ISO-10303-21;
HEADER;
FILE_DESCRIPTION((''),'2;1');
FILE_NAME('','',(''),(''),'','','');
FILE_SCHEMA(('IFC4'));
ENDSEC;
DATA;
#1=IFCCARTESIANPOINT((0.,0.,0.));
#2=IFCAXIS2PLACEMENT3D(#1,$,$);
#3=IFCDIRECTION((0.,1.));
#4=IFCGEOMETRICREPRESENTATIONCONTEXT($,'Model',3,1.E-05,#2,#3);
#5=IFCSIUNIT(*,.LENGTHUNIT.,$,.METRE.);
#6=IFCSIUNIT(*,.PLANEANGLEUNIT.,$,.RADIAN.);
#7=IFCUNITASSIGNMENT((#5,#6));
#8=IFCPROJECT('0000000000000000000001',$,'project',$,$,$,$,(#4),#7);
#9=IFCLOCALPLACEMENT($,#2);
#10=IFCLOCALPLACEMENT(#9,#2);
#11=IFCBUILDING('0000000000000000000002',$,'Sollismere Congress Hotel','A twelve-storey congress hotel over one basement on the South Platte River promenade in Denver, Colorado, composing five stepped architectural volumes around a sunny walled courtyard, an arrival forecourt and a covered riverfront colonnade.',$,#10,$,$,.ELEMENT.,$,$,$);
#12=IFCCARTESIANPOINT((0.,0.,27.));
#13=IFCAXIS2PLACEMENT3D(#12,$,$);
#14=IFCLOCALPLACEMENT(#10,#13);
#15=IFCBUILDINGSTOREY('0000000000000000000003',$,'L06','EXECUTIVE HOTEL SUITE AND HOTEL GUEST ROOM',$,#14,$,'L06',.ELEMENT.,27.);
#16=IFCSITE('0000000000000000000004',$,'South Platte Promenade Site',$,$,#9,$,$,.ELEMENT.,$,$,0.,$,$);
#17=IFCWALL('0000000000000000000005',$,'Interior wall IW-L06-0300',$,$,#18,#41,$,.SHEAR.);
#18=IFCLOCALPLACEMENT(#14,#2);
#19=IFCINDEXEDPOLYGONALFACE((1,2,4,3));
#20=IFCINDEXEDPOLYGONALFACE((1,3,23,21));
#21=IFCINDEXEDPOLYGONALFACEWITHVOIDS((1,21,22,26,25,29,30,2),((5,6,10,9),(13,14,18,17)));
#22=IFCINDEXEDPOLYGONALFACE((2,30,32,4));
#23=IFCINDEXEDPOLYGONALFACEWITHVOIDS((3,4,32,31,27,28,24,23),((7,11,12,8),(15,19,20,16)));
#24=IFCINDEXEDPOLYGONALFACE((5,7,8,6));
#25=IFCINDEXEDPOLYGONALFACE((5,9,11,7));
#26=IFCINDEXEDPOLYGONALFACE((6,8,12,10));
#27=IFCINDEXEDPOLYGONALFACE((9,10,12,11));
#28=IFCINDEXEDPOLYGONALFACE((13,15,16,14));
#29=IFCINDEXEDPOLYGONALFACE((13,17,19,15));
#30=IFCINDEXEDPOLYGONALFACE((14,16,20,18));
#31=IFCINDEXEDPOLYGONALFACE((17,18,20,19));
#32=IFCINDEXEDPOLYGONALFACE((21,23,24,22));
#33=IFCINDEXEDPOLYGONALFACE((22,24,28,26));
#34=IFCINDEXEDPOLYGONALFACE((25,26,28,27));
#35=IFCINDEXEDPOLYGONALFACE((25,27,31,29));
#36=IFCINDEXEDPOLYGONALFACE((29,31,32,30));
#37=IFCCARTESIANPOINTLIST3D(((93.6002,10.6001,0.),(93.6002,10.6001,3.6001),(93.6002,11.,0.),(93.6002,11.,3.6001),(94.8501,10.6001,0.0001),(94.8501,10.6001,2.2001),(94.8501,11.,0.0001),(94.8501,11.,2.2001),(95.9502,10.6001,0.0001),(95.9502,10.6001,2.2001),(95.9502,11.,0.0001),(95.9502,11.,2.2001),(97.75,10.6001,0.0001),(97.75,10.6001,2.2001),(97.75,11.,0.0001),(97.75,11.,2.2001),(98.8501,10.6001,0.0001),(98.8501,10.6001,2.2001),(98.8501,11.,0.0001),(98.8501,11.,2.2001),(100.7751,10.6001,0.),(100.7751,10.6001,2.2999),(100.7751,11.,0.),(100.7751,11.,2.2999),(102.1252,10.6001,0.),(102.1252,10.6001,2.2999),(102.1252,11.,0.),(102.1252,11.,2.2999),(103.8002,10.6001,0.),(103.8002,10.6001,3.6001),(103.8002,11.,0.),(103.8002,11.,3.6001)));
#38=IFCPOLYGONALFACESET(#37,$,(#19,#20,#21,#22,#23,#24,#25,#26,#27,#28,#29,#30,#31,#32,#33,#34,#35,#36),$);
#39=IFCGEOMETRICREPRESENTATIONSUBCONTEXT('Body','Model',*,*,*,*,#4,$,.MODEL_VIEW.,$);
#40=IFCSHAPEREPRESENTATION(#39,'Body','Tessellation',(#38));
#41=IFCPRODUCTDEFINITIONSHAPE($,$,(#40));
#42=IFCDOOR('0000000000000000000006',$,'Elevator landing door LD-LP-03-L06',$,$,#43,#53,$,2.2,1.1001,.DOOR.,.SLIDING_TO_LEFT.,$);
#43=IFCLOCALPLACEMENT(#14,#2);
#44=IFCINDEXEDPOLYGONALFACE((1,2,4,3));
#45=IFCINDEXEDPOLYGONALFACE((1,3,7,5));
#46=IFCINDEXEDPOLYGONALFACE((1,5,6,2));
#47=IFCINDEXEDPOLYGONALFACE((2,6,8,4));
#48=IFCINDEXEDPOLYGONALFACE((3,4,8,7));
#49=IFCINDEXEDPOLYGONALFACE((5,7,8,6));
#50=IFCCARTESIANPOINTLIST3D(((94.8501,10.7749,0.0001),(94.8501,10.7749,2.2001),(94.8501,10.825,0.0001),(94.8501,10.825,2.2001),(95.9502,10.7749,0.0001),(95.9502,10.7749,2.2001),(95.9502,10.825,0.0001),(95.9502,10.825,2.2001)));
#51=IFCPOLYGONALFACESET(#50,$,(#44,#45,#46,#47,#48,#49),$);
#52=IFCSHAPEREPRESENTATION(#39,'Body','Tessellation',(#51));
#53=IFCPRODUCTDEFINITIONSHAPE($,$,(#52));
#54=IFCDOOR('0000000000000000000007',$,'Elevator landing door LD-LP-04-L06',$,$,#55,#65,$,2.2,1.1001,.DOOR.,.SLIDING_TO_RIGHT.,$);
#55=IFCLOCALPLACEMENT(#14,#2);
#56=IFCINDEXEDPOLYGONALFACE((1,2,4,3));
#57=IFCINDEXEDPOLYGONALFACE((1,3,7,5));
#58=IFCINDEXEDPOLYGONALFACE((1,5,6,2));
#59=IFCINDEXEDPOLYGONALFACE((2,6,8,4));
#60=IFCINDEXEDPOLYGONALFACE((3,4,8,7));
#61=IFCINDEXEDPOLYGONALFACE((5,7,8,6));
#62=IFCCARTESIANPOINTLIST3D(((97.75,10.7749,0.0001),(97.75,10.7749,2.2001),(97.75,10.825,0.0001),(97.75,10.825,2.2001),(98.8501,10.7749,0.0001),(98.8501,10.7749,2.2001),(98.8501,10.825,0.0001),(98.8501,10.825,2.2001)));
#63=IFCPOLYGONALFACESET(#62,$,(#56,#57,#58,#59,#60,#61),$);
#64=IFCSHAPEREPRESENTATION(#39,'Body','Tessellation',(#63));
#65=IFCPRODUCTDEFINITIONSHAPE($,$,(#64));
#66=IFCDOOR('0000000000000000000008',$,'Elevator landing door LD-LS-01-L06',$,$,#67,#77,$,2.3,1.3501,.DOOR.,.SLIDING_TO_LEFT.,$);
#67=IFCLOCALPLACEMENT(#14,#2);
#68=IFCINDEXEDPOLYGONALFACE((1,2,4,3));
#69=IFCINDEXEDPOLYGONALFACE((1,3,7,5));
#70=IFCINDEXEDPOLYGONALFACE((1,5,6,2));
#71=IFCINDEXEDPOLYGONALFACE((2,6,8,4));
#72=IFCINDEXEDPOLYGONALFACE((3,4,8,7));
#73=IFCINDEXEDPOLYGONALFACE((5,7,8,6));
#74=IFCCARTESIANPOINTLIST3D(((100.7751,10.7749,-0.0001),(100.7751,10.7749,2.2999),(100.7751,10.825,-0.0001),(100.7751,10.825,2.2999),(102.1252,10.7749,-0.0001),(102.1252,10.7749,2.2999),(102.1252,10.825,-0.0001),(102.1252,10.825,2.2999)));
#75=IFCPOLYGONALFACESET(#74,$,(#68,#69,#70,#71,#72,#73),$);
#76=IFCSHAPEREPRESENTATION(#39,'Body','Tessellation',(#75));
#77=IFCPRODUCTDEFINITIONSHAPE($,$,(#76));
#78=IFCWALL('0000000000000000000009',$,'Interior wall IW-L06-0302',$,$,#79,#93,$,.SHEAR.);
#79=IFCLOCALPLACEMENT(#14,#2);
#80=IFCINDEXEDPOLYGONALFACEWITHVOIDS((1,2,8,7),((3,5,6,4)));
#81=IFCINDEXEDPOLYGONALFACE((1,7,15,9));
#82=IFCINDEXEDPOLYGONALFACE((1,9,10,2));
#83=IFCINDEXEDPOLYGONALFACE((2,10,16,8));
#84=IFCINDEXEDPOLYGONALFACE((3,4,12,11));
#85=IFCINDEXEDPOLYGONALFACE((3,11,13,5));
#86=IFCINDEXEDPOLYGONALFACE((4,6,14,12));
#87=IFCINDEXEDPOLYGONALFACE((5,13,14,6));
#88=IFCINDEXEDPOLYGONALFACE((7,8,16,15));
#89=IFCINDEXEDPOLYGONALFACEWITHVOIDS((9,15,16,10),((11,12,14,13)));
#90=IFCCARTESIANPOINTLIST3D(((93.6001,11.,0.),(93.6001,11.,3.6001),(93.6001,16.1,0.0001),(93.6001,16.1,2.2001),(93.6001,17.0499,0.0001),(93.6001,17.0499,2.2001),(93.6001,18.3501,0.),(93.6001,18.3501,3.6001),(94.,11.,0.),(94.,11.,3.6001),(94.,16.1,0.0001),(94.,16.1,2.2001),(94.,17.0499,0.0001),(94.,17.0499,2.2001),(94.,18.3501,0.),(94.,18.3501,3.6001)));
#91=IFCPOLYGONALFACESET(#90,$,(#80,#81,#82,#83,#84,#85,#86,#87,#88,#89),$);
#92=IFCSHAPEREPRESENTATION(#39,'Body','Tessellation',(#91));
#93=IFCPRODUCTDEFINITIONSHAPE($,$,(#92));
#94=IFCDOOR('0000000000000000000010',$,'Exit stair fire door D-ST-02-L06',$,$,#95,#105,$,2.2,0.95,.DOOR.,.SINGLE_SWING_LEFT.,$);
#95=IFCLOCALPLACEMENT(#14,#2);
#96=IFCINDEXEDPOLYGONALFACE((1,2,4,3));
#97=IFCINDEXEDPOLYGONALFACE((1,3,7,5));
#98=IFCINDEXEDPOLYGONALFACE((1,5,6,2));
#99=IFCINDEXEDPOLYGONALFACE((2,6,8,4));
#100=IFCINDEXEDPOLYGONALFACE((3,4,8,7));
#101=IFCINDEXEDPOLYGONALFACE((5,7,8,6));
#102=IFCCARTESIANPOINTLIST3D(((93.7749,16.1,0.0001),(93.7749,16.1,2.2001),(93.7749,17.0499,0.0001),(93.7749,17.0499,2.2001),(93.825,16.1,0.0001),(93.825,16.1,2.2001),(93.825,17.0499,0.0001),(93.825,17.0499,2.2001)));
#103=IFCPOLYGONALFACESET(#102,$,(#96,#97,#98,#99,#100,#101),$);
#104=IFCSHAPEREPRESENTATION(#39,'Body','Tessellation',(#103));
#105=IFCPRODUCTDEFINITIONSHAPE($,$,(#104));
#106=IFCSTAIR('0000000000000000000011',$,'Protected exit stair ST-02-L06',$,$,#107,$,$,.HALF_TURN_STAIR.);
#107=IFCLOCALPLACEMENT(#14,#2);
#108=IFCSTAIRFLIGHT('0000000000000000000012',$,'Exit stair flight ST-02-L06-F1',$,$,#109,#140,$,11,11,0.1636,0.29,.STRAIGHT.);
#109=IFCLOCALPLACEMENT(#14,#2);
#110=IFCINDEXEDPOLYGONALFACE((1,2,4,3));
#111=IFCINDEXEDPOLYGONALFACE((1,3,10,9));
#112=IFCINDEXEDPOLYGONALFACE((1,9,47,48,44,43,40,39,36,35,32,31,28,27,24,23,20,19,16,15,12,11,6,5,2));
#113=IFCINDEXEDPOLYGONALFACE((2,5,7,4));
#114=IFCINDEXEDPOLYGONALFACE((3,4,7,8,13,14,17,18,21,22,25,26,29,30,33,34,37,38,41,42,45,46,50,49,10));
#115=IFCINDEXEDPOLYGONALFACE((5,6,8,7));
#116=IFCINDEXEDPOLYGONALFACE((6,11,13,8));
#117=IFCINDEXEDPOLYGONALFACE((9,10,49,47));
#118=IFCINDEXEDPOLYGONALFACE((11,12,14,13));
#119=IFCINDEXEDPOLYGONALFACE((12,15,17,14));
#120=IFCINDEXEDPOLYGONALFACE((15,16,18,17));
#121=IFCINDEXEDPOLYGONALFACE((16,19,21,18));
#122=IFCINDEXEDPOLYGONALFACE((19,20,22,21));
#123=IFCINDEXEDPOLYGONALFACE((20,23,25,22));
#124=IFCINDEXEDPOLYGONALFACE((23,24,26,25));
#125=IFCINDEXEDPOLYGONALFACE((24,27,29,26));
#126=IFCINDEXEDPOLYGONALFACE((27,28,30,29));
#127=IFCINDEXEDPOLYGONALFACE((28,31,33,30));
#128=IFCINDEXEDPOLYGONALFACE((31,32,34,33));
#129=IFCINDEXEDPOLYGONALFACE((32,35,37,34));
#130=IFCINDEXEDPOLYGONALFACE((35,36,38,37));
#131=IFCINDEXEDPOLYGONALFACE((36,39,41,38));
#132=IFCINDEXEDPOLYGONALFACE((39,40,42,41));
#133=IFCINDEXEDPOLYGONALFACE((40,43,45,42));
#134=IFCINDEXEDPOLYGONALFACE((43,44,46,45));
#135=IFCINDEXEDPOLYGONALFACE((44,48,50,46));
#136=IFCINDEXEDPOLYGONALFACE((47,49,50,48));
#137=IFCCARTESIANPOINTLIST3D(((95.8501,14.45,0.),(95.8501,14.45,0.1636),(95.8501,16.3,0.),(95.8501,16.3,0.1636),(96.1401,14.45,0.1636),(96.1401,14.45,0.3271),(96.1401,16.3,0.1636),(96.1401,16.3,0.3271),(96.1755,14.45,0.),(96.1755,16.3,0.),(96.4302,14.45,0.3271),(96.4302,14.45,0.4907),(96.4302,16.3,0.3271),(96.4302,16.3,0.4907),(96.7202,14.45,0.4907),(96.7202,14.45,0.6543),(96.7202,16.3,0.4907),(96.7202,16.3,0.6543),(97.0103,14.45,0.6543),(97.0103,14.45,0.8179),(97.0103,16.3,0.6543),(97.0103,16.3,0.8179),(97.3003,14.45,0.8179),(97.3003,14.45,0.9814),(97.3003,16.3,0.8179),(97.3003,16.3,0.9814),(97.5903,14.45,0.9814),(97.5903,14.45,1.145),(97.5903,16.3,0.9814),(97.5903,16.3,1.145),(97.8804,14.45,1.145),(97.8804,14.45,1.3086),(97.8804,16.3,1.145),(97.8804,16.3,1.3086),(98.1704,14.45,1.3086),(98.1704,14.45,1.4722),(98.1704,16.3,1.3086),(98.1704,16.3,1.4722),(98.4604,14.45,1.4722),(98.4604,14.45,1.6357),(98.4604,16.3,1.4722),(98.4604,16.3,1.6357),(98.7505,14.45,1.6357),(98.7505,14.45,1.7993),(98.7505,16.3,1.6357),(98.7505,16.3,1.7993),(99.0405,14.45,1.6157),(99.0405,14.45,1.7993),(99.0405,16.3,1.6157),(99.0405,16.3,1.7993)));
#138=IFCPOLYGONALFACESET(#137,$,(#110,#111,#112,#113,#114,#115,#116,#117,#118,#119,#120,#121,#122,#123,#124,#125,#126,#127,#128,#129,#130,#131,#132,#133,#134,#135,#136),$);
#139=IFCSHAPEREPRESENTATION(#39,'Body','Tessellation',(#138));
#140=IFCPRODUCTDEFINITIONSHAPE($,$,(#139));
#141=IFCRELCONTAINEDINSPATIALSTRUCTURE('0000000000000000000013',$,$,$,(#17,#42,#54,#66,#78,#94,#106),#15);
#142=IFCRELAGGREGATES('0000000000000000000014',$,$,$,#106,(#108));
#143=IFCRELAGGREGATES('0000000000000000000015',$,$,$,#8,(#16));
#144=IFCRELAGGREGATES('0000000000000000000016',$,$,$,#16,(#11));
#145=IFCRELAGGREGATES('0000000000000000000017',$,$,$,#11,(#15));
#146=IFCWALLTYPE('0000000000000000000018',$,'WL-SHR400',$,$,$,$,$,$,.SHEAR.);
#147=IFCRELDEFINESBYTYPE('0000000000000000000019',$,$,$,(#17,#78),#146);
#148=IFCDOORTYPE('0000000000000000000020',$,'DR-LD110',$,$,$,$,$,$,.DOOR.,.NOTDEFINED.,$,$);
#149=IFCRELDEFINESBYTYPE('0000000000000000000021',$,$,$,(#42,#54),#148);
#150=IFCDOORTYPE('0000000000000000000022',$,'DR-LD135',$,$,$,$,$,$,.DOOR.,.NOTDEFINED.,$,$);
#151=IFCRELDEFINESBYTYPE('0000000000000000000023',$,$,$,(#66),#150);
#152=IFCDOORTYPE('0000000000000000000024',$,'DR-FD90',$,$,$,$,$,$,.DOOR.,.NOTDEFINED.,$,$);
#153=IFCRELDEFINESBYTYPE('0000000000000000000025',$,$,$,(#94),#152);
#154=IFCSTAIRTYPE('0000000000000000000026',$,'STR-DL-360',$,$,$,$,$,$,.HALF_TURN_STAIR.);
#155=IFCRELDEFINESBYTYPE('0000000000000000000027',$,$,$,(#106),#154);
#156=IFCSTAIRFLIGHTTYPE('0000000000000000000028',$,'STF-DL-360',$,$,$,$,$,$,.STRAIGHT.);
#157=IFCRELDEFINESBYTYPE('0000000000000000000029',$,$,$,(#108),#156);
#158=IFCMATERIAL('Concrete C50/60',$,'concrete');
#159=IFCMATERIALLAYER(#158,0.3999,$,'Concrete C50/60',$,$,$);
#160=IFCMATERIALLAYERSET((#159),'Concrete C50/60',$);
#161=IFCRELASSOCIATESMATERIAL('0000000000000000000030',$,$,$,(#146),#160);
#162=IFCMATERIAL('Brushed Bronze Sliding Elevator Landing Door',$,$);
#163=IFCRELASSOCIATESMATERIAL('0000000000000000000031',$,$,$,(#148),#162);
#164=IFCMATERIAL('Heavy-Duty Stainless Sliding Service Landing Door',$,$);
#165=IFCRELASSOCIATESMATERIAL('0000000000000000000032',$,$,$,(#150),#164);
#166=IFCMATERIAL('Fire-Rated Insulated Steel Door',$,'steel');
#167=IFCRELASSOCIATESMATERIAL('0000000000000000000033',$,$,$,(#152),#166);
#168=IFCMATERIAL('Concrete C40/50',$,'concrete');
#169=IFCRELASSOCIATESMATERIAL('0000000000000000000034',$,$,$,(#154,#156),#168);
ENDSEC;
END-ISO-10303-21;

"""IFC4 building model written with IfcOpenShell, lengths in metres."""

from ifc_helpers import new_model, si_unit, direction, frame, frame_2d, origin, place, context, subcontext, project, spatial, polyline, rectangle, outline, extrude, material, layer, layer_set, type_object, element, fill, aggregate, save


model = new_model("IFC4")

# Units and contexts
model_context = context("Model", 3, precision=1e-05, world=origin(), true_north=direction((0.0, 1.0)))
body_context = subcontext(model_context, "Body", "Model", "MODEL_VIEW")
ifc_project = project(units=[si_unit("LENGTHUNIT", "METRE"), si_unit("PLANEANGLEUNIT", "RADIAN")], contexts=[model_context])

# Site, building, storey
site_placement = place(None, origin())
site = spatial("IfcSite", under=ifc_project, at=site_placement, Name="South Platte Promenade Site", CompositionType="ELEMENT", RefElevation=0.0)
building_placement = place(site_placement, origin())
building = spatial("IfcBuilding", under=site, at=building_placement, Name="Sollismere Congress Hotel", Description="A twelve-storey congress hotel over one basement on the South Platte River promenade in Denver, Colorado, composing five stepped architectural volumes around a sunny walled courtyard, an arrival forecourt and a covered riverfront colonnade.", CompositionType="ELEMENT")
storey_placement = place(building_placement, frame((0.0, 0.0, 27.0)))
storey = spatial("IfcBuildingStorey", under=building, at=storey_placement, Name="L06", Description="EXECUTIVE HOTEL SUITE AND HOTEL GUEST ROOM", LongName="L06", CompositionType="ELEMENT", Elevation=27.0)

# Shared definitions
ifc_material_1 = material(Name="Concrete C50/60", Category="concrete")

# Wall, openings, doors
ifc_layer_1 = layer(ifc_material_1, 0.3999, Name="Concrete C50/60")
ifc_layer_set_1 = layer_set([ifc_layer_1], Name="Concrete C50/60")
wall_type_1 = type_object("IfcWallType", Name="WL-SHR400", PredefinedType="SHEAR", material=ifc_layer_set_1)
wall_1_placement = place(storey_placement, frame((93.6001, 10.8, 0.0), z_axis=(0.0, 0.0, 1.0), x_axis=(1.0, 0.0, 0.0)))
wall_1 = element("IfcWall", 1, at=wall_1_placement, inside=storey, type_object=wall_type_1, Name="Interior wall IW-L06-0300", PredefinedType="SHEAR", context=body_context, shape_type="SweptSolid", body=[
    extrude(rectangle(XDim=10.2, YDim=0.3999, at=frame_2d((5.1001, 0.0))), origin(), (0.0, 0.0, 1.0), 3.6001),
])
opening_1_placement = place(wall_1_placement, frame((1.25, 0.0, 0.0)))
opening_1 = element("IfcOpeningElement", 2, at=opening_1_placement, cuts=wall_1, PredefinedType="OPENING", context=body_context, shape_type="SweptSolid", body=[
    extrude(rectangle(XDim=1.1001, YDim=2.2, at=frame_2d((0.55, 1.1001))), frame((0.0, 0.21, 0.0), z_axis=(0.0, -1.0, 0.0), x_axis=(1.0, 0.0, 0.0)), (0.0, 0.0, 1.0), 0.4199),
])
opening_2_placement = place(wall_1_placement, frame((4.1499, 0.0, 0.0)))
opening_2 = element("IfcOpeningElement", 3, at=opening_2_placement, cuts=wall_1, PredefinedType="OPENING", context=body_context, shape_type="SweptSolid", body=[
    extrude(rectangle(XDim=1.1001, YDim=2.2, at=frame_2d((0.55, 1.1001))), frame((0.0, 0.21, 0.0), z_axis=(0.0, -1.0, 0.0), x_axis=(1.0, 0.0, 0.0)), (0.0, 0.0, 1.0), 0.4199),
])
opening_3_placement = place(wall_1_placement, frame((7.175, 0.0, 0.0)))
opening_3 = element("IfcOpeningElement", 4, at=opening_3_placement, cuts=wall_1, PredefinedType="OPENING", context=body_context, shape_type="SweptSolid", body=[
    extrude(rectangle(XDim=1.3501, YDim=2.3, at=frame_2d((0.675, 1.1499))), frame((0.0, 0.21, 0.0), z_axis=(0.0, -1.0, 0.0), x_axis=(1.0, 0.0, 0.0)), (0.0, 0.0, 1.0), 0.4199),
])
ifc_material_2 = material(Name="Brushed Bronze Sliding Elevator Landing Door")
door_type_1 = type_object("IfcDoorType", Name="DR-LD110", OperationType="NOTDEFINED", PredefinedType="DOOR", material=ifc_material_2)
door_1_placement = place(opening_1_placement, origin())
door_1 = element("IfcDoor", 5, at=door_1_placement, inside=storey, type_object=door_type_1, Name="Elevator landing door LD-LP-03-L06", OperationType="SLIDING_TO_LEFT", OverallHeight=2.2, OverallWidth=1.1001, PredefinedType="DOOR", context=body_context, shape_type="SweptSolid", body=[
    extrude(rectangle(XDim=1.1001, YDim=2.2, at=frame_2d((0.55, 1.1001))), frame((0.0, 0.0249, 0.0), z_axis=(0.0, -1.0, 0.0), x_axis=(1.0, 0.0, 0.0)), (0.0, 0.0, 1.0), 0.05),
])
fill(opening_1, door_1)
door_2_placement = place(opening_2_placement, origin())
door_2 = element("IfcDoor", 6, at=door_2_placement, inside=storey, type_object=door_type_1, Name="Elevator landing door LD-LP-04-L06", OperationType="SLIDING_TO_RIGHT", OverallHeight=2.2, OverallWidth=1.1001, PredefinedType="DOOR", context=body_context, shape_type="SweptSolid", body=[
    extrude(rectangle(XDim=1.1001, YDim=2.2, at=frame_2d((0.55, 1.1001))), frame((0.0, 0.0249, 0.0), z_axis=(0.0, -1.0, 0.0), x_axis=(1.0, 0.0, 0.0)), (0.0, 0.0, 1.0), 0.05),
])
fill(opening_2, door_2)
ifc_material_3 = material(Name="Heavy-Duty Stainless Sliding Service Landing Door")
door_type_2 = type_object("IfcDoorType", Name="DR-LD135", OperationType="NOTDEFINED", PredefinedType="DOOR", material=ifc_material_3)
door_3_placement = place(opening_3_placement, origin())
door_3 = element("IfcDoor", 7, at=door_3_placement, inside=storey, type_object=door_type_2, Name="Elevator landing door LD-LS-01-L06", OperationType="SLIDING_TO_LEFT", OverallHeight=2.3, OverallWidth=1.3501, PredefinedType="DOOR", context=body_context, shape_type="SweptSolid", body=[
    extrude(rectangle(XDim=1.3501, YDim=2.3, at=frame_2d((0.675, 1.1499))), frame((0.0, 0.0249, 0.0), z_axis=(0.0, -1.0, 0.0), x_axis=(1.0, 0.0, 0.0)), (0.0, 0.0, 1.0), 0.05),
])
fill(opening_3, door_3)

# Wall, opening, door
wall_2_placement = place(storey_placement, frame((93.8, 18.3501, 0.0), z_axis=(0.0, 0.0, 1.0), x_axis=(0.0, -1.0, 0.0)))
wall_2 = element("IfcWall", 8, at=wall_2_placement, inside=storey, type_object=wall_type_1, Name="Interior wall IW-L06-0302", PredefinedType="SHEAR", context=body_context, shape_type="SweptSolid", body=[
    extrude(rectangle(XDim=7.3501, YDim=0.3999, at=frame_2d((3.675, 0.0))), origin(), (0.0, 0.0, 1.0), 3.6001),
])
opening_4_placement = place(wall_2_placement, frame((1.3, 0.0, 0.0)))
opening_4 = element("IfcOpeningElement", 9, at=opening_4_placement, cuts=wall_2, PredefinedType="OPENING", context=body_context, shape_type="SweptSolid", body=[
    extrude(rectangle(XDim=0.95, YDim=2.2, at=frame_2d((0.4751, 1.1001))), frame((0.0, 0.21, 0.0), z_axis=(0.0, -1.0, 0.0), x_axis=(1.0, 0.0, 0.0)), (0.0, 0.0, 1.0), 0.4199),
])
ifc_material_4 = material(Name="Fire-Rated Insulated Steel Door", Category="steel")
door_type_3 = type_object("IfcDoorType", Name="DR-FD90", OperationType="NOTDEFINED", PredefinedType="DOOR", material=ifc_material_4)
door_4_placement = place(opening_4_placement, origin())
door_4 = element("IfcDoor", 10, at=door_4_placement, inside=storey, type_object=door_type_3, Name="Exit stair fire door D-ST-02-L06", OperationType="SINGLE_SWING_LEFT", OverallHeight=2.2, OverallWidth=0.95, PredefinedType="DOOR", context=body_context, shape_type="SweptSolid", body=[
    extrude(rectangle(XDim=0.95, YDim=2.2, at=frame_2d((0.4751, 1.1001))), frame((0.0, 0.0249, 0.0), z_axis=(0.0, -1.0, 0.0), x_axis=(1.0, 0.0, 0.0)), (0.0, 0.0, 1.0), 0.05),
])
fill(opening_4, door_4)

# Stair, stair flight
ifc_material_5 = material(Name="Concrete C40/50", Category="concrete")
stair_type = type_object("IfcStairType", Name="STR-DL-360", PredefinedType="HALF_TURN_STAIR", material=ifc_material_5)
stair_placement = place(storey_placement, origin())
stair = element("IfcStair", 11, at=stair_placement, inside=storey, type_object=stair_type, Name="Protected exit stair ST-02-L06", PredefinedType="HALF_TURN_STAIR")
stair_flight_type = type_object("IfcStairFlightType", Name="STF-DL-360", PredefinedType="STRAIGHT", material=ifc_material_5)
stair_flight_1_placement = place(storey_placement, frame((95.8501, 15.375, 0.0), z_axis=(0.0, 0.0, 1.0), x_axis=(1.0, 0.0, 0.0)))
stair_flight_1 = element("IfcStairFlight", 12, at=stair_flight_1_placement, type_object=stair_flight_type, Name="Exit stair flight ST-02-L06-F1", NumberOfRisers=11, NumberOfTreads=11, PredefinedType="STRAIGHT", RiserHeight=0.1636, TreadLength=0.29, context=body_context, shape_type="SweptSolid", body=[
    extrude(outline(polyline([(0.0, 0.0), (0.0, 0.1636), (0.29, 0.1636), (0.29, 0.3271), (0.5801, 0.3271), (0.5801, 0.4907), (0.8701, 0.4907), (0.8701, 0.6543), (1.1602, 0.6543), (1.1602, 0.8179), (1.4502, 0.8179), (1.4502, 0.9814), (1.7402, 0.9814), (1.7402, 1.145), (2.0303, 1.145), (2.0303, 1.3086), (2.3203, 1.3086), (2.3203, 1.4722), (2.6104, 1.4722), (2.6104, 1.6357), (2.9004, 1.6357), (2.9004, 1.7993), (3.1904, 1.7993), (3.1904, 1.6157), (0.3254, 0.0), (0.0, 0.0)])), frame((0.0, 0.925, 0.0), z_axis=(0.0, -1.0, 0.0), x_axis=(1.0, 0.0, 0.0)), (0.0, 0.0, 1.0), 1.8501),
])
aggregate(stair, [stair_flight_1])

save(model, "model.ifc")
